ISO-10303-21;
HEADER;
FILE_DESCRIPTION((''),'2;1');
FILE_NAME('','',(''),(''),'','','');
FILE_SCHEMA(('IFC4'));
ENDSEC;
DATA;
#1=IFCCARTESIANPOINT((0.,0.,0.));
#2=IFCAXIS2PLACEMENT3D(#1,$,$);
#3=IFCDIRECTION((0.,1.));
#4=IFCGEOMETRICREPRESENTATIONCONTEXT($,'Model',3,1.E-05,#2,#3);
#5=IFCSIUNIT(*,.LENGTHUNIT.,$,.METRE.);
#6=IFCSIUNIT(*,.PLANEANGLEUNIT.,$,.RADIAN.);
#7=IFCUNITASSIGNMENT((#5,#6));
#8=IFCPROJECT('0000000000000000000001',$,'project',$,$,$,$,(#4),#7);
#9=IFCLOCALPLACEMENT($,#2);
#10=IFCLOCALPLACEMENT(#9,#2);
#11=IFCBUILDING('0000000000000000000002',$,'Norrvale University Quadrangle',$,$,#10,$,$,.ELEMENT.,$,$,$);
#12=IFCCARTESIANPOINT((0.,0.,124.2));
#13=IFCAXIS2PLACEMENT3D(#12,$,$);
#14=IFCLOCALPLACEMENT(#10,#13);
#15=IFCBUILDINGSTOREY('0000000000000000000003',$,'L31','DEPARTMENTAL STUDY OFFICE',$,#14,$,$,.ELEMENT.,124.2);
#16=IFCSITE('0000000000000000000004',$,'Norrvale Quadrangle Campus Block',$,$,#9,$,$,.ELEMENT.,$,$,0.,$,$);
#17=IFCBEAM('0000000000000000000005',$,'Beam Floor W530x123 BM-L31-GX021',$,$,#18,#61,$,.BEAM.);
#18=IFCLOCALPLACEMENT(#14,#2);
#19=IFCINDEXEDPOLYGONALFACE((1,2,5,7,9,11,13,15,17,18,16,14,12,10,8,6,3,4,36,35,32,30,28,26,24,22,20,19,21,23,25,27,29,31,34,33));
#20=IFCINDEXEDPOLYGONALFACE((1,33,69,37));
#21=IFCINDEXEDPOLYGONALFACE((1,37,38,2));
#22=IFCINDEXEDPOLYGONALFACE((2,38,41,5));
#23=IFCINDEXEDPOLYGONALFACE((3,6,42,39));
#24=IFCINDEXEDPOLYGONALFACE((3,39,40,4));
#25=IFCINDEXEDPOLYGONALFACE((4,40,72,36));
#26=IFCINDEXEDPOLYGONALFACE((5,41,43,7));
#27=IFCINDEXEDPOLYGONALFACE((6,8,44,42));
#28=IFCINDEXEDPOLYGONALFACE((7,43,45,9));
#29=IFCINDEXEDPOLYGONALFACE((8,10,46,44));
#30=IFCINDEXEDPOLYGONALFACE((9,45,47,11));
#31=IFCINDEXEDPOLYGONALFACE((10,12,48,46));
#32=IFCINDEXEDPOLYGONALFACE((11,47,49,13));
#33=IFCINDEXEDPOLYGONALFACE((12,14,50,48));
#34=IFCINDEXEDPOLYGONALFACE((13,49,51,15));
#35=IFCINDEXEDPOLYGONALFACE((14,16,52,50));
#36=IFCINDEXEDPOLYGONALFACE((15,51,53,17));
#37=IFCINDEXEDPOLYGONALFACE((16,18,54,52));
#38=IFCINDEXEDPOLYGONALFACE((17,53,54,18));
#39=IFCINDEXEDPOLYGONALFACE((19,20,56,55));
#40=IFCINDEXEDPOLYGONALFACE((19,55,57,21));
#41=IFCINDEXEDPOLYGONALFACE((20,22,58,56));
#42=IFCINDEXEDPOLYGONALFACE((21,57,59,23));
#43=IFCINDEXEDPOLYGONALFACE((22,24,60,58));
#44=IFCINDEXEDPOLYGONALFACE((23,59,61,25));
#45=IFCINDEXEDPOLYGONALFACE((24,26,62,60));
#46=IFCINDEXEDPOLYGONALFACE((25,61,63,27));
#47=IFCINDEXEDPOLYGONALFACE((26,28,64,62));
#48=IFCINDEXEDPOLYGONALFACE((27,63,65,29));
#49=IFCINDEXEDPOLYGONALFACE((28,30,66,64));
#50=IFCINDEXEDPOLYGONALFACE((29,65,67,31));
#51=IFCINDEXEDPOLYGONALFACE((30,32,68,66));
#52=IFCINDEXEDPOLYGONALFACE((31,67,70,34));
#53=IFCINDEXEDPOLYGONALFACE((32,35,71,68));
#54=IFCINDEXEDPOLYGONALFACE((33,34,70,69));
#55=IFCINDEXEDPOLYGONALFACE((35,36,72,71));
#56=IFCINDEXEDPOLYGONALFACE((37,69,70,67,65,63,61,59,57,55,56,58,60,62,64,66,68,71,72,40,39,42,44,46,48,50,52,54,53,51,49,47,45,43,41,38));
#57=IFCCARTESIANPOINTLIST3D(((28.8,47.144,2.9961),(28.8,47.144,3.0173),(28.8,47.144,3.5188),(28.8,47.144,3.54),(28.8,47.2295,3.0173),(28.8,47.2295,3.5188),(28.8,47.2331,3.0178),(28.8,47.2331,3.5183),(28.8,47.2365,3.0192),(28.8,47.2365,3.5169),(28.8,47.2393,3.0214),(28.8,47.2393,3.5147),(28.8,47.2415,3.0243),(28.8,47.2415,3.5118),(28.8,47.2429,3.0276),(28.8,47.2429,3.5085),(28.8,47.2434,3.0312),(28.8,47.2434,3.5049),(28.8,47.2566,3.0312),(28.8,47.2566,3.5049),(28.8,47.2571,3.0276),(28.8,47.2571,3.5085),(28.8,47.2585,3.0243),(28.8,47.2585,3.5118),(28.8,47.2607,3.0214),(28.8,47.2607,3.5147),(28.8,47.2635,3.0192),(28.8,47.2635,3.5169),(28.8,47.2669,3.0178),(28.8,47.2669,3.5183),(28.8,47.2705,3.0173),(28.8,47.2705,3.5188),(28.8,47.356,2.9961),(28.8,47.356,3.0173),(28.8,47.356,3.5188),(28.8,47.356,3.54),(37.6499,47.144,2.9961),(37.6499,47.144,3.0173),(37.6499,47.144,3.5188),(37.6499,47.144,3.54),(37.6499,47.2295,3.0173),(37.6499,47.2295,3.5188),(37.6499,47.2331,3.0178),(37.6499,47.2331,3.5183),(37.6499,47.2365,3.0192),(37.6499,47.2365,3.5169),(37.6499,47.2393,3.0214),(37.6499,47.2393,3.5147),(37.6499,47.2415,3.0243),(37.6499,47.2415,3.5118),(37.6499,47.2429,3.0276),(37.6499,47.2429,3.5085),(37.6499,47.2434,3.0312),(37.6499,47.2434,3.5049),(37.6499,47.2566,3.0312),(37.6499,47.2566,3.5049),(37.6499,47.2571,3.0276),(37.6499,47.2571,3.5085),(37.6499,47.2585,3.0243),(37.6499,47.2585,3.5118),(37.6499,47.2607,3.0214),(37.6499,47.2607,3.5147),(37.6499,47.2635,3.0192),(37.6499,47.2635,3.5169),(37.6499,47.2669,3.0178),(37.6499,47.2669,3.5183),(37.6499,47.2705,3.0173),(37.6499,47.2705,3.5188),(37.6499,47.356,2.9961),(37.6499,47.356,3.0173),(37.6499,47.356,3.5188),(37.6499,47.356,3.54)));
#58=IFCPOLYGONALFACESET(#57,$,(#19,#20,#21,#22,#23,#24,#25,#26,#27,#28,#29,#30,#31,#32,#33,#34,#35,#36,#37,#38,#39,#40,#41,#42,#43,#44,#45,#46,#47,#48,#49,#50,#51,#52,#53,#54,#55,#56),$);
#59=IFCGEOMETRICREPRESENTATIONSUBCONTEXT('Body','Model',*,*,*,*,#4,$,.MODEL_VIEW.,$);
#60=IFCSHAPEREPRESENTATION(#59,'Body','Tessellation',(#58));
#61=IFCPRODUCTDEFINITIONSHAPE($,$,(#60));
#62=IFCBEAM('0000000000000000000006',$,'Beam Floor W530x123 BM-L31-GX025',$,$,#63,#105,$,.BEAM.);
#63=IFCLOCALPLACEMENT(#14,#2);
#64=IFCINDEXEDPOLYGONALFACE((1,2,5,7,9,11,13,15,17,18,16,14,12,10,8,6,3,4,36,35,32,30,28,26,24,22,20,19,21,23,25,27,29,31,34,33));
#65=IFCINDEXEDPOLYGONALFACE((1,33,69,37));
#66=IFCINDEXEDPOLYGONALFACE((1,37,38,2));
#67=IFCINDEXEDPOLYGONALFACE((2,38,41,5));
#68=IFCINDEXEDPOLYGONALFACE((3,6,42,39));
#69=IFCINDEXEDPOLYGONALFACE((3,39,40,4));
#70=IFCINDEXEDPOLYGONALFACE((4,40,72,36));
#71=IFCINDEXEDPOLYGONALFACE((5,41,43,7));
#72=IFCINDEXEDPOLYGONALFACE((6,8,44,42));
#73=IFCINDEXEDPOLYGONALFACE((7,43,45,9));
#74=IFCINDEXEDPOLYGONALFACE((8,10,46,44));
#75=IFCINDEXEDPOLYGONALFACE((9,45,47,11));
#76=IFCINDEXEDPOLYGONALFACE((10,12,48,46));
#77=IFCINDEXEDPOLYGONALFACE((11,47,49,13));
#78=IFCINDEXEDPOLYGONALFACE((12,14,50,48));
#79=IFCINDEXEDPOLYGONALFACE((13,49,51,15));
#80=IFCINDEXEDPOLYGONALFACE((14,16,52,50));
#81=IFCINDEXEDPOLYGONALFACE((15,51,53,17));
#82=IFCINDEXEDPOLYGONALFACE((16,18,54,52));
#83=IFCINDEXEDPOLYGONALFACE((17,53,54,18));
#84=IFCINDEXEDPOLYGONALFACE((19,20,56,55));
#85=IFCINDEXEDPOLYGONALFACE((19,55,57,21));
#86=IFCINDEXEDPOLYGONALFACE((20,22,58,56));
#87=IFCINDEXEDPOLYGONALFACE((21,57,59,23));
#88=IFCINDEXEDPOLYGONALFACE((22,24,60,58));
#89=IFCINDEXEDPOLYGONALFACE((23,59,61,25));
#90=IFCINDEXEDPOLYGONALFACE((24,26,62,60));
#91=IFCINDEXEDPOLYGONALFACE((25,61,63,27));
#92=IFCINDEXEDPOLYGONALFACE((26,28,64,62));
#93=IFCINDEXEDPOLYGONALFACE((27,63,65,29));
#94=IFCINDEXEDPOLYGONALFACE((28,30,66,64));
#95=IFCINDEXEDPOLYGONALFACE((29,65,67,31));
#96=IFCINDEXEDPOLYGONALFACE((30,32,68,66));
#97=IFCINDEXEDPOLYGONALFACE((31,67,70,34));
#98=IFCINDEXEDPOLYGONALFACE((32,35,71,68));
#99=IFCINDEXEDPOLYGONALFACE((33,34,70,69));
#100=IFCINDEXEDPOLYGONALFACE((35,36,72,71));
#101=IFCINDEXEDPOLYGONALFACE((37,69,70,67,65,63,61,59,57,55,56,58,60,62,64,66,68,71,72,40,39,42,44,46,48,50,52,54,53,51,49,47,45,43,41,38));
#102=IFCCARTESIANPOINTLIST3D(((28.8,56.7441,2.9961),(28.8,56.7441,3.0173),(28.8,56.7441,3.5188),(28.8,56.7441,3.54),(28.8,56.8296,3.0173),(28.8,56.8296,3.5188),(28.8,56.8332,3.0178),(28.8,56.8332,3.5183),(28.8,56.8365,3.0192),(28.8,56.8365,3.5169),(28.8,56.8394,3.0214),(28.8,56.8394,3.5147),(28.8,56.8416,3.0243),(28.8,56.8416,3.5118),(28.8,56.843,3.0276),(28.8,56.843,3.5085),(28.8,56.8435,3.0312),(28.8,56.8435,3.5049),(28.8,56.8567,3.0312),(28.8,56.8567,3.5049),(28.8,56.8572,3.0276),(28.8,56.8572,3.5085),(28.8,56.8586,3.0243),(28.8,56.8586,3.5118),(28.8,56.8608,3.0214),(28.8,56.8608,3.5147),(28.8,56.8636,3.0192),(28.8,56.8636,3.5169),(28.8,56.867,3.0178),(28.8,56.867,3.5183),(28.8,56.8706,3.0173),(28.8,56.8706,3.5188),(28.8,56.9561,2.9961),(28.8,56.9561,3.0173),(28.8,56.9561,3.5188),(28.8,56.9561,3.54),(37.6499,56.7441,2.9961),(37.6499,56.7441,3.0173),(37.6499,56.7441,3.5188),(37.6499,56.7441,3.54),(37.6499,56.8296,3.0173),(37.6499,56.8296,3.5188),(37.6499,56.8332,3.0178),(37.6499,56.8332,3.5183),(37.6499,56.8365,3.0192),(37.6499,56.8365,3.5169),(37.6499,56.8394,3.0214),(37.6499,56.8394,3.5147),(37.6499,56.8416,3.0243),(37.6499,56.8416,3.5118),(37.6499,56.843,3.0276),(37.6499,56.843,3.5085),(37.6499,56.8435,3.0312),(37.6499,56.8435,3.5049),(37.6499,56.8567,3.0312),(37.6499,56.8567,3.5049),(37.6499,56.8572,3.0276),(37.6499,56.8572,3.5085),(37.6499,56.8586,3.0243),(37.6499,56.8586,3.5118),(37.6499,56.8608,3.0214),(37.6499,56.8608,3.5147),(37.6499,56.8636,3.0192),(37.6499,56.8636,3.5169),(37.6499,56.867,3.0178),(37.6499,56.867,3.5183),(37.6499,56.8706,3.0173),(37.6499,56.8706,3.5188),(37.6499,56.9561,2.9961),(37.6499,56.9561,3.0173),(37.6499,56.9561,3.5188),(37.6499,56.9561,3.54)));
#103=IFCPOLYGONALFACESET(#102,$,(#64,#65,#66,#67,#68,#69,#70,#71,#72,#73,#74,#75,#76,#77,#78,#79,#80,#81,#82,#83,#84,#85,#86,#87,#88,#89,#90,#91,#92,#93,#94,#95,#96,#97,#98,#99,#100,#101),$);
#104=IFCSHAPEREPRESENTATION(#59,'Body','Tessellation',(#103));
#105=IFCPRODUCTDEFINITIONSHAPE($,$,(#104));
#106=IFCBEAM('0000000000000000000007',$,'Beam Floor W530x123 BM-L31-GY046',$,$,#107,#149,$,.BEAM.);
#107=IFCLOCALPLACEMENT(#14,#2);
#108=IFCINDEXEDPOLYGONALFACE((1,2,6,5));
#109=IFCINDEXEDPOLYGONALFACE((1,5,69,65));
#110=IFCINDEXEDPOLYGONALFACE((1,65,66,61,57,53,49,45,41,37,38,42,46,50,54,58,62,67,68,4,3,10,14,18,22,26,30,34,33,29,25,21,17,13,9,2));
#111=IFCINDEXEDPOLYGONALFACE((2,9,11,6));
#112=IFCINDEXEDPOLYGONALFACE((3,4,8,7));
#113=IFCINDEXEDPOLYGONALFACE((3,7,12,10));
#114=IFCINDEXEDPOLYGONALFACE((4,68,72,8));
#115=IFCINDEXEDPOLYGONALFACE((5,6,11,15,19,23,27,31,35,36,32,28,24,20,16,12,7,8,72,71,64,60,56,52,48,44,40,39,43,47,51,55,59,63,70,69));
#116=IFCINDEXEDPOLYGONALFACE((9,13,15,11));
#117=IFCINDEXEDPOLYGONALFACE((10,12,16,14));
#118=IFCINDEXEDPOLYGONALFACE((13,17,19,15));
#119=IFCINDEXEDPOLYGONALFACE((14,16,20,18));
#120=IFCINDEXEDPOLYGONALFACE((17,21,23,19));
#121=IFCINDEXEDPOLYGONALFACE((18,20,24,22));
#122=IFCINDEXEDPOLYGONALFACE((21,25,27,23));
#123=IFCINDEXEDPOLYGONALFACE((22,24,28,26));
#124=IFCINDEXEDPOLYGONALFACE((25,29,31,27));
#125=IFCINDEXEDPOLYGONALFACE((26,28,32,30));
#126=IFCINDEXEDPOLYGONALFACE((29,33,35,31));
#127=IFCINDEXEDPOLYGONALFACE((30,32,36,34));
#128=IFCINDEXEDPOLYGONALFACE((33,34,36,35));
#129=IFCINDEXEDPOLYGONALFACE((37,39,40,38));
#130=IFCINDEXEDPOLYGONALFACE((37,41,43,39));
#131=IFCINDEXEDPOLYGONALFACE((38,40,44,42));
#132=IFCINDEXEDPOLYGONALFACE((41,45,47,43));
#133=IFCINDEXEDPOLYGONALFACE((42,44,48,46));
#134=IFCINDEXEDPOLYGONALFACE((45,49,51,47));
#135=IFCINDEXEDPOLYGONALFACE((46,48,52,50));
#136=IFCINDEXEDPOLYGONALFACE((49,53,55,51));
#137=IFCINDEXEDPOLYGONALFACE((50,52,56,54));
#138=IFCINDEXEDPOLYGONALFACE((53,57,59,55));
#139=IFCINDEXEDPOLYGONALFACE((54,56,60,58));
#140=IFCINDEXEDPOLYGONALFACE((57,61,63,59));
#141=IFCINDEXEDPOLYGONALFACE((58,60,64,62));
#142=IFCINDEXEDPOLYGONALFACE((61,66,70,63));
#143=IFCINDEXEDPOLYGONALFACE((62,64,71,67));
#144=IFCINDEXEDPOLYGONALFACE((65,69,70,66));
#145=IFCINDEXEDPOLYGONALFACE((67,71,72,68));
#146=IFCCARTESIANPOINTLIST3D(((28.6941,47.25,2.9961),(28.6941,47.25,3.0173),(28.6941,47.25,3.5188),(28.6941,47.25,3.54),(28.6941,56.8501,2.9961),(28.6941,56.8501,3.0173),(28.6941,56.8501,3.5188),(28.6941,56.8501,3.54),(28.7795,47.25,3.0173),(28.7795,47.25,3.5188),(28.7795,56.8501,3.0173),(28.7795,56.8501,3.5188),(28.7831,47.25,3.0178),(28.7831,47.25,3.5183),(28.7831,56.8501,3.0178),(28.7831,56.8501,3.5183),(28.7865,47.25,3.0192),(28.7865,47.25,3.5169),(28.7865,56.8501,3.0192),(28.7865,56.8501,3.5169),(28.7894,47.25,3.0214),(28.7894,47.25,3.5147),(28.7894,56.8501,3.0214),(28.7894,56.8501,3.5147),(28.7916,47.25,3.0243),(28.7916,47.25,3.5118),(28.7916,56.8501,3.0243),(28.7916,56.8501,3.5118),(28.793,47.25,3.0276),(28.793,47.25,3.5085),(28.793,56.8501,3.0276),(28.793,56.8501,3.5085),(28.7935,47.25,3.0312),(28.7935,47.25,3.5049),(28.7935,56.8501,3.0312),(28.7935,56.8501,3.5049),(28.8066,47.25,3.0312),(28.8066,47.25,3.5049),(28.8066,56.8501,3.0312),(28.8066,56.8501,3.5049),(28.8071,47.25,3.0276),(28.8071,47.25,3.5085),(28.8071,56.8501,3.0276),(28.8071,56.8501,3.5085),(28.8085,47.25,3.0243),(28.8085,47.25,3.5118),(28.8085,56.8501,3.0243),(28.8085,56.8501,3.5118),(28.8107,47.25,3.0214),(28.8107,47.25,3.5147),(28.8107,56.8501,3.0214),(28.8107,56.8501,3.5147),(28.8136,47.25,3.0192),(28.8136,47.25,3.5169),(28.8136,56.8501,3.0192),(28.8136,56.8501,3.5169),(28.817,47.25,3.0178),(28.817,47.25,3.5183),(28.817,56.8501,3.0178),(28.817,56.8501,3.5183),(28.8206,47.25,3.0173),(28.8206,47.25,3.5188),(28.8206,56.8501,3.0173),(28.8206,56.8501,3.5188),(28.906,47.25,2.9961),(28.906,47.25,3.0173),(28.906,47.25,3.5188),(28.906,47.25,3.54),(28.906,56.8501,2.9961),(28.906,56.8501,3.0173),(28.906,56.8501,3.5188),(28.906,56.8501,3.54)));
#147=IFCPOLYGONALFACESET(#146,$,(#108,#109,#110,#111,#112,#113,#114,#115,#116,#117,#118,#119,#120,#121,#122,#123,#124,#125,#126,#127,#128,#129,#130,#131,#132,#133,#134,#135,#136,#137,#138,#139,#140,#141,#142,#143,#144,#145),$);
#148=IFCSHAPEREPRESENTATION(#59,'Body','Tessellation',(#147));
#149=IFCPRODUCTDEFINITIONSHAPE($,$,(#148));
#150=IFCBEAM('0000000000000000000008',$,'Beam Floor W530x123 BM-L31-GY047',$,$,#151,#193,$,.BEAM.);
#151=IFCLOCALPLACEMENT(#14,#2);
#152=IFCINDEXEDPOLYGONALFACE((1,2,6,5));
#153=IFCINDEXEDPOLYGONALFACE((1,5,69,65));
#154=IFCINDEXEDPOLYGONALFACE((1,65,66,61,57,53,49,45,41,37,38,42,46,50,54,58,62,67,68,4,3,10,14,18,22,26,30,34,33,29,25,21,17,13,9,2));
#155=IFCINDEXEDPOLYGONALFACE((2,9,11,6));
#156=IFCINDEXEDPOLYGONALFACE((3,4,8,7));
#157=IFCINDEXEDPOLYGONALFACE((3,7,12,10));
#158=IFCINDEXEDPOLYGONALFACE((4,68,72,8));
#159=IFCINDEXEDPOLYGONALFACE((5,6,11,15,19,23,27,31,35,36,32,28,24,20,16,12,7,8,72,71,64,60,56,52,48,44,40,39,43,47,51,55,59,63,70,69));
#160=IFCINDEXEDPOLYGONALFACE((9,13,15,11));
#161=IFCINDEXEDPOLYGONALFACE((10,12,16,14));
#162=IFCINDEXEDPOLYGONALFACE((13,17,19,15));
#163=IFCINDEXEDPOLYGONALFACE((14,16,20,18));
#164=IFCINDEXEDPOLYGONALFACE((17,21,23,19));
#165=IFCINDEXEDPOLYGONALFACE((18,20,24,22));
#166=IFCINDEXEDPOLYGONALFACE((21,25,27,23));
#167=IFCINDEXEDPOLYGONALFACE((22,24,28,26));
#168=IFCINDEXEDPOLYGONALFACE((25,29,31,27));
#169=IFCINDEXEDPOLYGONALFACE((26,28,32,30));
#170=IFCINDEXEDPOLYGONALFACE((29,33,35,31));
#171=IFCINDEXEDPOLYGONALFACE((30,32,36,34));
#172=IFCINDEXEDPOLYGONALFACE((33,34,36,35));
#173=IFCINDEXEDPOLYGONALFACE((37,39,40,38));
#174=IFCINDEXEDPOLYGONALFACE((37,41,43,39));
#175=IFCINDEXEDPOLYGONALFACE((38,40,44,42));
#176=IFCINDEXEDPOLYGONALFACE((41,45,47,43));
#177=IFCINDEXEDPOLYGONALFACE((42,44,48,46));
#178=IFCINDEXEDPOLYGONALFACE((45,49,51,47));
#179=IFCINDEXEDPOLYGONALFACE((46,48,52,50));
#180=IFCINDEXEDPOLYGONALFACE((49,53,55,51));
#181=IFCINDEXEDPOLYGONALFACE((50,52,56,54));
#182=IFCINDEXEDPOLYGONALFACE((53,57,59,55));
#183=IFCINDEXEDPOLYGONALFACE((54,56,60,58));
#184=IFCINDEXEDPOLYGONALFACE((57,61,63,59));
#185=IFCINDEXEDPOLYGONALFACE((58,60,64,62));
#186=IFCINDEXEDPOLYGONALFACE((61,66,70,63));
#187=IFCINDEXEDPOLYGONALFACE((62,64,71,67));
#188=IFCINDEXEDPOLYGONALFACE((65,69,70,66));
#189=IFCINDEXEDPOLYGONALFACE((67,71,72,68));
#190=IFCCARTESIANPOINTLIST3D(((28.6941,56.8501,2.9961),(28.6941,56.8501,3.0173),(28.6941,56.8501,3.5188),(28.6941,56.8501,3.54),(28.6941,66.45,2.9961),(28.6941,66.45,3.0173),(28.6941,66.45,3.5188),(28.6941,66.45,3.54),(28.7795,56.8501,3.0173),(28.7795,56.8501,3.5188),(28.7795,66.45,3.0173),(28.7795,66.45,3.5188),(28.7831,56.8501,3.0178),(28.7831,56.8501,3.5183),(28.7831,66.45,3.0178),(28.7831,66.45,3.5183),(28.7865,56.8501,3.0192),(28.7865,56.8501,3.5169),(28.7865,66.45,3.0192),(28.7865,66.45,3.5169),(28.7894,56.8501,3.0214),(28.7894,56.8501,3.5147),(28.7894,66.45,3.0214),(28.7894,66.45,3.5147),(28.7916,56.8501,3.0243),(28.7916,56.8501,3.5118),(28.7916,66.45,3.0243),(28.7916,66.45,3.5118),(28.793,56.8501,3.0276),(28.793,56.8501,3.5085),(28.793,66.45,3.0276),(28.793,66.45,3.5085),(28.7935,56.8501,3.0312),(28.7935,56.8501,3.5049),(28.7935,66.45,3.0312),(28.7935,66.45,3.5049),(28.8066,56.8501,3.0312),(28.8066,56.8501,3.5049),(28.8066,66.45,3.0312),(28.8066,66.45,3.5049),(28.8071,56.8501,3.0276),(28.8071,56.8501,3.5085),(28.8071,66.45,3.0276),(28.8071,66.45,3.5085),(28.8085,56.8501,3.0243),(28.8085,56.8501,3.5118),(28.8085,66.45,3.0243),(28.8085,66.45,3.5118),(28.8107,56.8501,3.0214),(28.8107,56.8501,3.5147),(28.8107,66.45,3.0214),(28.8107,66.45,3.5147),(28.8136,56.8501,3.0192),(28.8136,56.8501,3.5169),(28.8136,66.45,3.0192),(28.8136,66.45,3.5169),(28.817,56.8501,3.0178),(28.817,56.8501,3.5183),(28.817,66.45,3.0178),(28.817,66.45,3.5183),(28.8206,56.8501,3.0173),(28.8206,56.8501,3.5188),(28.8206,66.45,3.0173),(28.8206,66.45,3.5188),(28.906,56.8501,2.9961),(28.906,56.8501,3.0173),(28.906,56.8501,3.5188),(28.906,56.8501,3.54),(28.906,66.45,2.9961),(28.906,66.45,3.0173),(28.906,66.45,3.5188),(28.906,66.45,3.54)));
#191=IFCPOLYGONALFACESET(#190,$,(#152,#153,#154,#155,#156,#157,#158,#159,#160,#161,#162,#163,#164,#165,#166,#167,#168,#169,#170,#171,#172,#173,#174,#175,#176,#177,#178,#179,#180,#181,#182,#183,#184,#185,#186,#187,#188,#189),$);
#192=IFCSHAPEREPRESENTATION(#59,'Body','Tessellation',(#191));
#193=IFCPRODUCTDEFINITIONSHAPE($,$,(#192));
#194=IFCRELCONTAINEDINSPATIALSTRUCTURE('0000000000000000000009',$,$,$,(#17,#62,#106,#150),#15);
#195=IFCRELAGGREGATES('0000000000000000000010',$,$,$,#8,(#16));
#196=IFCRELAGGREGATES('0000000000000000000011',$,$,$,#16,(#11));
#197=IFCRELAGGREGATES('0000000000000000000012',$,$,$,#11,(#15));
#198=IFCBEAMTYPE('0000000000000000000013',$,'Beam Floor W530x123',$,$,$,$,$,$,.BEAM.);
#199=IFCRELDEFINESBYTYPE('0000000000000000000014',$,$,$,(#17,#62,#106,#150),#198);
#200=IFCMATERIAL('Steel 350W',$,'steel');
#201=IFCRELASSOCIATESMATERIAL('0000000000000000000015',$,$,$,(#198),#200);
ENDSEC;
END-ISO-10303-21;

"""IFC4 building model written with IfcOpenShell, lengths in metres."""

from ifc_helpers import new_model, si_unit, direction, frame, origin, origin_2d, place, context, subcontext, project, spatial, i_section, extrude, material, material_profile, profile_set, type_object, element, save


model = new_model("IFC4")

# Units and contexts
model_context = context("Model", 3, precision=1e-05, world=origin(), true_north=direction((0.0, 1.0)))
body_context = subcontext(model_context, "Body", "Model", "MODEL_VIEW")
ifc_project = project(units=[si_unit("LENGTHUNIT", "METRE"), si_unit("PLANEANGLEUNIT", "RADIAN")], contexts=[model_context])

# Site, building, storey
site_placement = place(None, origin())
site = spatial("IfcSite", under=ifc_project, at=site_placement, Name="Norrvale Quadrangle Campus Block", CompositionType="ELEMENT", RefElevation=0.0)
building_placement = place(site_placement, origin())
building = spatial("IfcBuilding", under=site, at=building_placement, Name="Norrvale University Quadrangle", CompositionType="ELEMENT")
storey_placement = place(building_placement, frame((0.0, 0.0, 124.2)))
storey = spatial("IfcBuildingStorey", under=building, at=storey_placement, Name="L31", Description="DEPARTMENTAL STUDY OFFICE", CompositionType="ELEMENT", Elevation=124.2)

# Beams
ifc_material_1 = material(Name="Steel 350W", Category="steel")
ifc_material_profile_1 = material_profile(ifc_material_1, i_section(OverallWidth=0.2119, OverallDepth=0.5439, WebThickness=0.0132, FlangeThickness=0.0212, FilletRadius=0.0139, at=origin_2d()), Name="Steel 350W")
ifc_profile_set_1 = profile_set([ifc_material_profile_1], Name="Steel 350W")
beam_type_1 = type_object("IfcBeamType", Name="Beam Floor W530x123", PredefinedType="BEAM", material=ifc_profile_set_1)
for number, where, z_axis, x_axis, name in (
    (1, (28.8, 47.25, 3.2681), (1.0, 0.0, 0.0), (0.0, 1.0, 0.0), "Beam Floor W530x123 BM-L31-GX021"),
    (2, (28.8, 56.8501, 3.2681), (1.0, 0.0, 0.0), (0.0, 1.0, 0.0), "Beam Floor W530x123 BM-L31-GX025"),
):
    element("IfcBeam", number, at=place(storey_placement, frame(where, z_axis=z_axis, x_axis=x_axis)), inside=storey, type_object=beam_type_1, Name=name, PredefinedType="BEAM", context=body_context, shape_type="SweptSolid", body=[
        extrude(i_section(OverallWidth=0.2119, OverallDepth=0.5439, WebThickness=0.0132, FlangeThickness=0.0212, FilletRadius=0.0139, at=origin_2d()), origin(), (0.0, 0.0, 1.0), 8.8499),
    ])
beam_1_placement = place(storey_placement, frame((28.8, 47.25, 3.2681), z_axis=(0.0, 1.0, 0.0), x_axis=(-1.0, 0.0, 0.0)))
element("IfcBeam", 3, at=beam_1_placement, inside=storey, type_object=beam_type_1, Name="Beam Floor W530x123 BM-L31-GY046", PredefinedType="BEAM", context=body_context, shape_type="SweptSolid", body=[
    extrude(i_section(OverallWidth=0.2119, OverallDepth=0.5439, WebThickness=0.0132, FlangeThickness=0.0212, FilletRadius=0.0139, at=origin_2d()), origin(), (0.0, 0.0, 1.0), 9.6001),
])
beam_2_placement = place(storey_placement, frame((28.8, 56.8501, 3.2681), z_axis=(0.0, 1.0, 0.0), x_axis=(-1.0, 0.0, 0.0)))
element("IfcBeam", 4, at=beam_2_placement, inside=storey, type_object=beam_type_1, Name="Beam Floor W530x123 BM-L31-GY047", PredefinedType="BEAM", context=body_context, shape_type="SweptSolid", body=[
    extrude(i_section(OverallWidth=0.2119, OverallDepth=0.5439, WebThickness=0.0132, FlangeThickness=0.0212, FilletRadius=0.0139, at=origin_2d()), origin(), (0.0, 0.0, 1.0), 9.5999),
])

save(model, "model.ifc")
